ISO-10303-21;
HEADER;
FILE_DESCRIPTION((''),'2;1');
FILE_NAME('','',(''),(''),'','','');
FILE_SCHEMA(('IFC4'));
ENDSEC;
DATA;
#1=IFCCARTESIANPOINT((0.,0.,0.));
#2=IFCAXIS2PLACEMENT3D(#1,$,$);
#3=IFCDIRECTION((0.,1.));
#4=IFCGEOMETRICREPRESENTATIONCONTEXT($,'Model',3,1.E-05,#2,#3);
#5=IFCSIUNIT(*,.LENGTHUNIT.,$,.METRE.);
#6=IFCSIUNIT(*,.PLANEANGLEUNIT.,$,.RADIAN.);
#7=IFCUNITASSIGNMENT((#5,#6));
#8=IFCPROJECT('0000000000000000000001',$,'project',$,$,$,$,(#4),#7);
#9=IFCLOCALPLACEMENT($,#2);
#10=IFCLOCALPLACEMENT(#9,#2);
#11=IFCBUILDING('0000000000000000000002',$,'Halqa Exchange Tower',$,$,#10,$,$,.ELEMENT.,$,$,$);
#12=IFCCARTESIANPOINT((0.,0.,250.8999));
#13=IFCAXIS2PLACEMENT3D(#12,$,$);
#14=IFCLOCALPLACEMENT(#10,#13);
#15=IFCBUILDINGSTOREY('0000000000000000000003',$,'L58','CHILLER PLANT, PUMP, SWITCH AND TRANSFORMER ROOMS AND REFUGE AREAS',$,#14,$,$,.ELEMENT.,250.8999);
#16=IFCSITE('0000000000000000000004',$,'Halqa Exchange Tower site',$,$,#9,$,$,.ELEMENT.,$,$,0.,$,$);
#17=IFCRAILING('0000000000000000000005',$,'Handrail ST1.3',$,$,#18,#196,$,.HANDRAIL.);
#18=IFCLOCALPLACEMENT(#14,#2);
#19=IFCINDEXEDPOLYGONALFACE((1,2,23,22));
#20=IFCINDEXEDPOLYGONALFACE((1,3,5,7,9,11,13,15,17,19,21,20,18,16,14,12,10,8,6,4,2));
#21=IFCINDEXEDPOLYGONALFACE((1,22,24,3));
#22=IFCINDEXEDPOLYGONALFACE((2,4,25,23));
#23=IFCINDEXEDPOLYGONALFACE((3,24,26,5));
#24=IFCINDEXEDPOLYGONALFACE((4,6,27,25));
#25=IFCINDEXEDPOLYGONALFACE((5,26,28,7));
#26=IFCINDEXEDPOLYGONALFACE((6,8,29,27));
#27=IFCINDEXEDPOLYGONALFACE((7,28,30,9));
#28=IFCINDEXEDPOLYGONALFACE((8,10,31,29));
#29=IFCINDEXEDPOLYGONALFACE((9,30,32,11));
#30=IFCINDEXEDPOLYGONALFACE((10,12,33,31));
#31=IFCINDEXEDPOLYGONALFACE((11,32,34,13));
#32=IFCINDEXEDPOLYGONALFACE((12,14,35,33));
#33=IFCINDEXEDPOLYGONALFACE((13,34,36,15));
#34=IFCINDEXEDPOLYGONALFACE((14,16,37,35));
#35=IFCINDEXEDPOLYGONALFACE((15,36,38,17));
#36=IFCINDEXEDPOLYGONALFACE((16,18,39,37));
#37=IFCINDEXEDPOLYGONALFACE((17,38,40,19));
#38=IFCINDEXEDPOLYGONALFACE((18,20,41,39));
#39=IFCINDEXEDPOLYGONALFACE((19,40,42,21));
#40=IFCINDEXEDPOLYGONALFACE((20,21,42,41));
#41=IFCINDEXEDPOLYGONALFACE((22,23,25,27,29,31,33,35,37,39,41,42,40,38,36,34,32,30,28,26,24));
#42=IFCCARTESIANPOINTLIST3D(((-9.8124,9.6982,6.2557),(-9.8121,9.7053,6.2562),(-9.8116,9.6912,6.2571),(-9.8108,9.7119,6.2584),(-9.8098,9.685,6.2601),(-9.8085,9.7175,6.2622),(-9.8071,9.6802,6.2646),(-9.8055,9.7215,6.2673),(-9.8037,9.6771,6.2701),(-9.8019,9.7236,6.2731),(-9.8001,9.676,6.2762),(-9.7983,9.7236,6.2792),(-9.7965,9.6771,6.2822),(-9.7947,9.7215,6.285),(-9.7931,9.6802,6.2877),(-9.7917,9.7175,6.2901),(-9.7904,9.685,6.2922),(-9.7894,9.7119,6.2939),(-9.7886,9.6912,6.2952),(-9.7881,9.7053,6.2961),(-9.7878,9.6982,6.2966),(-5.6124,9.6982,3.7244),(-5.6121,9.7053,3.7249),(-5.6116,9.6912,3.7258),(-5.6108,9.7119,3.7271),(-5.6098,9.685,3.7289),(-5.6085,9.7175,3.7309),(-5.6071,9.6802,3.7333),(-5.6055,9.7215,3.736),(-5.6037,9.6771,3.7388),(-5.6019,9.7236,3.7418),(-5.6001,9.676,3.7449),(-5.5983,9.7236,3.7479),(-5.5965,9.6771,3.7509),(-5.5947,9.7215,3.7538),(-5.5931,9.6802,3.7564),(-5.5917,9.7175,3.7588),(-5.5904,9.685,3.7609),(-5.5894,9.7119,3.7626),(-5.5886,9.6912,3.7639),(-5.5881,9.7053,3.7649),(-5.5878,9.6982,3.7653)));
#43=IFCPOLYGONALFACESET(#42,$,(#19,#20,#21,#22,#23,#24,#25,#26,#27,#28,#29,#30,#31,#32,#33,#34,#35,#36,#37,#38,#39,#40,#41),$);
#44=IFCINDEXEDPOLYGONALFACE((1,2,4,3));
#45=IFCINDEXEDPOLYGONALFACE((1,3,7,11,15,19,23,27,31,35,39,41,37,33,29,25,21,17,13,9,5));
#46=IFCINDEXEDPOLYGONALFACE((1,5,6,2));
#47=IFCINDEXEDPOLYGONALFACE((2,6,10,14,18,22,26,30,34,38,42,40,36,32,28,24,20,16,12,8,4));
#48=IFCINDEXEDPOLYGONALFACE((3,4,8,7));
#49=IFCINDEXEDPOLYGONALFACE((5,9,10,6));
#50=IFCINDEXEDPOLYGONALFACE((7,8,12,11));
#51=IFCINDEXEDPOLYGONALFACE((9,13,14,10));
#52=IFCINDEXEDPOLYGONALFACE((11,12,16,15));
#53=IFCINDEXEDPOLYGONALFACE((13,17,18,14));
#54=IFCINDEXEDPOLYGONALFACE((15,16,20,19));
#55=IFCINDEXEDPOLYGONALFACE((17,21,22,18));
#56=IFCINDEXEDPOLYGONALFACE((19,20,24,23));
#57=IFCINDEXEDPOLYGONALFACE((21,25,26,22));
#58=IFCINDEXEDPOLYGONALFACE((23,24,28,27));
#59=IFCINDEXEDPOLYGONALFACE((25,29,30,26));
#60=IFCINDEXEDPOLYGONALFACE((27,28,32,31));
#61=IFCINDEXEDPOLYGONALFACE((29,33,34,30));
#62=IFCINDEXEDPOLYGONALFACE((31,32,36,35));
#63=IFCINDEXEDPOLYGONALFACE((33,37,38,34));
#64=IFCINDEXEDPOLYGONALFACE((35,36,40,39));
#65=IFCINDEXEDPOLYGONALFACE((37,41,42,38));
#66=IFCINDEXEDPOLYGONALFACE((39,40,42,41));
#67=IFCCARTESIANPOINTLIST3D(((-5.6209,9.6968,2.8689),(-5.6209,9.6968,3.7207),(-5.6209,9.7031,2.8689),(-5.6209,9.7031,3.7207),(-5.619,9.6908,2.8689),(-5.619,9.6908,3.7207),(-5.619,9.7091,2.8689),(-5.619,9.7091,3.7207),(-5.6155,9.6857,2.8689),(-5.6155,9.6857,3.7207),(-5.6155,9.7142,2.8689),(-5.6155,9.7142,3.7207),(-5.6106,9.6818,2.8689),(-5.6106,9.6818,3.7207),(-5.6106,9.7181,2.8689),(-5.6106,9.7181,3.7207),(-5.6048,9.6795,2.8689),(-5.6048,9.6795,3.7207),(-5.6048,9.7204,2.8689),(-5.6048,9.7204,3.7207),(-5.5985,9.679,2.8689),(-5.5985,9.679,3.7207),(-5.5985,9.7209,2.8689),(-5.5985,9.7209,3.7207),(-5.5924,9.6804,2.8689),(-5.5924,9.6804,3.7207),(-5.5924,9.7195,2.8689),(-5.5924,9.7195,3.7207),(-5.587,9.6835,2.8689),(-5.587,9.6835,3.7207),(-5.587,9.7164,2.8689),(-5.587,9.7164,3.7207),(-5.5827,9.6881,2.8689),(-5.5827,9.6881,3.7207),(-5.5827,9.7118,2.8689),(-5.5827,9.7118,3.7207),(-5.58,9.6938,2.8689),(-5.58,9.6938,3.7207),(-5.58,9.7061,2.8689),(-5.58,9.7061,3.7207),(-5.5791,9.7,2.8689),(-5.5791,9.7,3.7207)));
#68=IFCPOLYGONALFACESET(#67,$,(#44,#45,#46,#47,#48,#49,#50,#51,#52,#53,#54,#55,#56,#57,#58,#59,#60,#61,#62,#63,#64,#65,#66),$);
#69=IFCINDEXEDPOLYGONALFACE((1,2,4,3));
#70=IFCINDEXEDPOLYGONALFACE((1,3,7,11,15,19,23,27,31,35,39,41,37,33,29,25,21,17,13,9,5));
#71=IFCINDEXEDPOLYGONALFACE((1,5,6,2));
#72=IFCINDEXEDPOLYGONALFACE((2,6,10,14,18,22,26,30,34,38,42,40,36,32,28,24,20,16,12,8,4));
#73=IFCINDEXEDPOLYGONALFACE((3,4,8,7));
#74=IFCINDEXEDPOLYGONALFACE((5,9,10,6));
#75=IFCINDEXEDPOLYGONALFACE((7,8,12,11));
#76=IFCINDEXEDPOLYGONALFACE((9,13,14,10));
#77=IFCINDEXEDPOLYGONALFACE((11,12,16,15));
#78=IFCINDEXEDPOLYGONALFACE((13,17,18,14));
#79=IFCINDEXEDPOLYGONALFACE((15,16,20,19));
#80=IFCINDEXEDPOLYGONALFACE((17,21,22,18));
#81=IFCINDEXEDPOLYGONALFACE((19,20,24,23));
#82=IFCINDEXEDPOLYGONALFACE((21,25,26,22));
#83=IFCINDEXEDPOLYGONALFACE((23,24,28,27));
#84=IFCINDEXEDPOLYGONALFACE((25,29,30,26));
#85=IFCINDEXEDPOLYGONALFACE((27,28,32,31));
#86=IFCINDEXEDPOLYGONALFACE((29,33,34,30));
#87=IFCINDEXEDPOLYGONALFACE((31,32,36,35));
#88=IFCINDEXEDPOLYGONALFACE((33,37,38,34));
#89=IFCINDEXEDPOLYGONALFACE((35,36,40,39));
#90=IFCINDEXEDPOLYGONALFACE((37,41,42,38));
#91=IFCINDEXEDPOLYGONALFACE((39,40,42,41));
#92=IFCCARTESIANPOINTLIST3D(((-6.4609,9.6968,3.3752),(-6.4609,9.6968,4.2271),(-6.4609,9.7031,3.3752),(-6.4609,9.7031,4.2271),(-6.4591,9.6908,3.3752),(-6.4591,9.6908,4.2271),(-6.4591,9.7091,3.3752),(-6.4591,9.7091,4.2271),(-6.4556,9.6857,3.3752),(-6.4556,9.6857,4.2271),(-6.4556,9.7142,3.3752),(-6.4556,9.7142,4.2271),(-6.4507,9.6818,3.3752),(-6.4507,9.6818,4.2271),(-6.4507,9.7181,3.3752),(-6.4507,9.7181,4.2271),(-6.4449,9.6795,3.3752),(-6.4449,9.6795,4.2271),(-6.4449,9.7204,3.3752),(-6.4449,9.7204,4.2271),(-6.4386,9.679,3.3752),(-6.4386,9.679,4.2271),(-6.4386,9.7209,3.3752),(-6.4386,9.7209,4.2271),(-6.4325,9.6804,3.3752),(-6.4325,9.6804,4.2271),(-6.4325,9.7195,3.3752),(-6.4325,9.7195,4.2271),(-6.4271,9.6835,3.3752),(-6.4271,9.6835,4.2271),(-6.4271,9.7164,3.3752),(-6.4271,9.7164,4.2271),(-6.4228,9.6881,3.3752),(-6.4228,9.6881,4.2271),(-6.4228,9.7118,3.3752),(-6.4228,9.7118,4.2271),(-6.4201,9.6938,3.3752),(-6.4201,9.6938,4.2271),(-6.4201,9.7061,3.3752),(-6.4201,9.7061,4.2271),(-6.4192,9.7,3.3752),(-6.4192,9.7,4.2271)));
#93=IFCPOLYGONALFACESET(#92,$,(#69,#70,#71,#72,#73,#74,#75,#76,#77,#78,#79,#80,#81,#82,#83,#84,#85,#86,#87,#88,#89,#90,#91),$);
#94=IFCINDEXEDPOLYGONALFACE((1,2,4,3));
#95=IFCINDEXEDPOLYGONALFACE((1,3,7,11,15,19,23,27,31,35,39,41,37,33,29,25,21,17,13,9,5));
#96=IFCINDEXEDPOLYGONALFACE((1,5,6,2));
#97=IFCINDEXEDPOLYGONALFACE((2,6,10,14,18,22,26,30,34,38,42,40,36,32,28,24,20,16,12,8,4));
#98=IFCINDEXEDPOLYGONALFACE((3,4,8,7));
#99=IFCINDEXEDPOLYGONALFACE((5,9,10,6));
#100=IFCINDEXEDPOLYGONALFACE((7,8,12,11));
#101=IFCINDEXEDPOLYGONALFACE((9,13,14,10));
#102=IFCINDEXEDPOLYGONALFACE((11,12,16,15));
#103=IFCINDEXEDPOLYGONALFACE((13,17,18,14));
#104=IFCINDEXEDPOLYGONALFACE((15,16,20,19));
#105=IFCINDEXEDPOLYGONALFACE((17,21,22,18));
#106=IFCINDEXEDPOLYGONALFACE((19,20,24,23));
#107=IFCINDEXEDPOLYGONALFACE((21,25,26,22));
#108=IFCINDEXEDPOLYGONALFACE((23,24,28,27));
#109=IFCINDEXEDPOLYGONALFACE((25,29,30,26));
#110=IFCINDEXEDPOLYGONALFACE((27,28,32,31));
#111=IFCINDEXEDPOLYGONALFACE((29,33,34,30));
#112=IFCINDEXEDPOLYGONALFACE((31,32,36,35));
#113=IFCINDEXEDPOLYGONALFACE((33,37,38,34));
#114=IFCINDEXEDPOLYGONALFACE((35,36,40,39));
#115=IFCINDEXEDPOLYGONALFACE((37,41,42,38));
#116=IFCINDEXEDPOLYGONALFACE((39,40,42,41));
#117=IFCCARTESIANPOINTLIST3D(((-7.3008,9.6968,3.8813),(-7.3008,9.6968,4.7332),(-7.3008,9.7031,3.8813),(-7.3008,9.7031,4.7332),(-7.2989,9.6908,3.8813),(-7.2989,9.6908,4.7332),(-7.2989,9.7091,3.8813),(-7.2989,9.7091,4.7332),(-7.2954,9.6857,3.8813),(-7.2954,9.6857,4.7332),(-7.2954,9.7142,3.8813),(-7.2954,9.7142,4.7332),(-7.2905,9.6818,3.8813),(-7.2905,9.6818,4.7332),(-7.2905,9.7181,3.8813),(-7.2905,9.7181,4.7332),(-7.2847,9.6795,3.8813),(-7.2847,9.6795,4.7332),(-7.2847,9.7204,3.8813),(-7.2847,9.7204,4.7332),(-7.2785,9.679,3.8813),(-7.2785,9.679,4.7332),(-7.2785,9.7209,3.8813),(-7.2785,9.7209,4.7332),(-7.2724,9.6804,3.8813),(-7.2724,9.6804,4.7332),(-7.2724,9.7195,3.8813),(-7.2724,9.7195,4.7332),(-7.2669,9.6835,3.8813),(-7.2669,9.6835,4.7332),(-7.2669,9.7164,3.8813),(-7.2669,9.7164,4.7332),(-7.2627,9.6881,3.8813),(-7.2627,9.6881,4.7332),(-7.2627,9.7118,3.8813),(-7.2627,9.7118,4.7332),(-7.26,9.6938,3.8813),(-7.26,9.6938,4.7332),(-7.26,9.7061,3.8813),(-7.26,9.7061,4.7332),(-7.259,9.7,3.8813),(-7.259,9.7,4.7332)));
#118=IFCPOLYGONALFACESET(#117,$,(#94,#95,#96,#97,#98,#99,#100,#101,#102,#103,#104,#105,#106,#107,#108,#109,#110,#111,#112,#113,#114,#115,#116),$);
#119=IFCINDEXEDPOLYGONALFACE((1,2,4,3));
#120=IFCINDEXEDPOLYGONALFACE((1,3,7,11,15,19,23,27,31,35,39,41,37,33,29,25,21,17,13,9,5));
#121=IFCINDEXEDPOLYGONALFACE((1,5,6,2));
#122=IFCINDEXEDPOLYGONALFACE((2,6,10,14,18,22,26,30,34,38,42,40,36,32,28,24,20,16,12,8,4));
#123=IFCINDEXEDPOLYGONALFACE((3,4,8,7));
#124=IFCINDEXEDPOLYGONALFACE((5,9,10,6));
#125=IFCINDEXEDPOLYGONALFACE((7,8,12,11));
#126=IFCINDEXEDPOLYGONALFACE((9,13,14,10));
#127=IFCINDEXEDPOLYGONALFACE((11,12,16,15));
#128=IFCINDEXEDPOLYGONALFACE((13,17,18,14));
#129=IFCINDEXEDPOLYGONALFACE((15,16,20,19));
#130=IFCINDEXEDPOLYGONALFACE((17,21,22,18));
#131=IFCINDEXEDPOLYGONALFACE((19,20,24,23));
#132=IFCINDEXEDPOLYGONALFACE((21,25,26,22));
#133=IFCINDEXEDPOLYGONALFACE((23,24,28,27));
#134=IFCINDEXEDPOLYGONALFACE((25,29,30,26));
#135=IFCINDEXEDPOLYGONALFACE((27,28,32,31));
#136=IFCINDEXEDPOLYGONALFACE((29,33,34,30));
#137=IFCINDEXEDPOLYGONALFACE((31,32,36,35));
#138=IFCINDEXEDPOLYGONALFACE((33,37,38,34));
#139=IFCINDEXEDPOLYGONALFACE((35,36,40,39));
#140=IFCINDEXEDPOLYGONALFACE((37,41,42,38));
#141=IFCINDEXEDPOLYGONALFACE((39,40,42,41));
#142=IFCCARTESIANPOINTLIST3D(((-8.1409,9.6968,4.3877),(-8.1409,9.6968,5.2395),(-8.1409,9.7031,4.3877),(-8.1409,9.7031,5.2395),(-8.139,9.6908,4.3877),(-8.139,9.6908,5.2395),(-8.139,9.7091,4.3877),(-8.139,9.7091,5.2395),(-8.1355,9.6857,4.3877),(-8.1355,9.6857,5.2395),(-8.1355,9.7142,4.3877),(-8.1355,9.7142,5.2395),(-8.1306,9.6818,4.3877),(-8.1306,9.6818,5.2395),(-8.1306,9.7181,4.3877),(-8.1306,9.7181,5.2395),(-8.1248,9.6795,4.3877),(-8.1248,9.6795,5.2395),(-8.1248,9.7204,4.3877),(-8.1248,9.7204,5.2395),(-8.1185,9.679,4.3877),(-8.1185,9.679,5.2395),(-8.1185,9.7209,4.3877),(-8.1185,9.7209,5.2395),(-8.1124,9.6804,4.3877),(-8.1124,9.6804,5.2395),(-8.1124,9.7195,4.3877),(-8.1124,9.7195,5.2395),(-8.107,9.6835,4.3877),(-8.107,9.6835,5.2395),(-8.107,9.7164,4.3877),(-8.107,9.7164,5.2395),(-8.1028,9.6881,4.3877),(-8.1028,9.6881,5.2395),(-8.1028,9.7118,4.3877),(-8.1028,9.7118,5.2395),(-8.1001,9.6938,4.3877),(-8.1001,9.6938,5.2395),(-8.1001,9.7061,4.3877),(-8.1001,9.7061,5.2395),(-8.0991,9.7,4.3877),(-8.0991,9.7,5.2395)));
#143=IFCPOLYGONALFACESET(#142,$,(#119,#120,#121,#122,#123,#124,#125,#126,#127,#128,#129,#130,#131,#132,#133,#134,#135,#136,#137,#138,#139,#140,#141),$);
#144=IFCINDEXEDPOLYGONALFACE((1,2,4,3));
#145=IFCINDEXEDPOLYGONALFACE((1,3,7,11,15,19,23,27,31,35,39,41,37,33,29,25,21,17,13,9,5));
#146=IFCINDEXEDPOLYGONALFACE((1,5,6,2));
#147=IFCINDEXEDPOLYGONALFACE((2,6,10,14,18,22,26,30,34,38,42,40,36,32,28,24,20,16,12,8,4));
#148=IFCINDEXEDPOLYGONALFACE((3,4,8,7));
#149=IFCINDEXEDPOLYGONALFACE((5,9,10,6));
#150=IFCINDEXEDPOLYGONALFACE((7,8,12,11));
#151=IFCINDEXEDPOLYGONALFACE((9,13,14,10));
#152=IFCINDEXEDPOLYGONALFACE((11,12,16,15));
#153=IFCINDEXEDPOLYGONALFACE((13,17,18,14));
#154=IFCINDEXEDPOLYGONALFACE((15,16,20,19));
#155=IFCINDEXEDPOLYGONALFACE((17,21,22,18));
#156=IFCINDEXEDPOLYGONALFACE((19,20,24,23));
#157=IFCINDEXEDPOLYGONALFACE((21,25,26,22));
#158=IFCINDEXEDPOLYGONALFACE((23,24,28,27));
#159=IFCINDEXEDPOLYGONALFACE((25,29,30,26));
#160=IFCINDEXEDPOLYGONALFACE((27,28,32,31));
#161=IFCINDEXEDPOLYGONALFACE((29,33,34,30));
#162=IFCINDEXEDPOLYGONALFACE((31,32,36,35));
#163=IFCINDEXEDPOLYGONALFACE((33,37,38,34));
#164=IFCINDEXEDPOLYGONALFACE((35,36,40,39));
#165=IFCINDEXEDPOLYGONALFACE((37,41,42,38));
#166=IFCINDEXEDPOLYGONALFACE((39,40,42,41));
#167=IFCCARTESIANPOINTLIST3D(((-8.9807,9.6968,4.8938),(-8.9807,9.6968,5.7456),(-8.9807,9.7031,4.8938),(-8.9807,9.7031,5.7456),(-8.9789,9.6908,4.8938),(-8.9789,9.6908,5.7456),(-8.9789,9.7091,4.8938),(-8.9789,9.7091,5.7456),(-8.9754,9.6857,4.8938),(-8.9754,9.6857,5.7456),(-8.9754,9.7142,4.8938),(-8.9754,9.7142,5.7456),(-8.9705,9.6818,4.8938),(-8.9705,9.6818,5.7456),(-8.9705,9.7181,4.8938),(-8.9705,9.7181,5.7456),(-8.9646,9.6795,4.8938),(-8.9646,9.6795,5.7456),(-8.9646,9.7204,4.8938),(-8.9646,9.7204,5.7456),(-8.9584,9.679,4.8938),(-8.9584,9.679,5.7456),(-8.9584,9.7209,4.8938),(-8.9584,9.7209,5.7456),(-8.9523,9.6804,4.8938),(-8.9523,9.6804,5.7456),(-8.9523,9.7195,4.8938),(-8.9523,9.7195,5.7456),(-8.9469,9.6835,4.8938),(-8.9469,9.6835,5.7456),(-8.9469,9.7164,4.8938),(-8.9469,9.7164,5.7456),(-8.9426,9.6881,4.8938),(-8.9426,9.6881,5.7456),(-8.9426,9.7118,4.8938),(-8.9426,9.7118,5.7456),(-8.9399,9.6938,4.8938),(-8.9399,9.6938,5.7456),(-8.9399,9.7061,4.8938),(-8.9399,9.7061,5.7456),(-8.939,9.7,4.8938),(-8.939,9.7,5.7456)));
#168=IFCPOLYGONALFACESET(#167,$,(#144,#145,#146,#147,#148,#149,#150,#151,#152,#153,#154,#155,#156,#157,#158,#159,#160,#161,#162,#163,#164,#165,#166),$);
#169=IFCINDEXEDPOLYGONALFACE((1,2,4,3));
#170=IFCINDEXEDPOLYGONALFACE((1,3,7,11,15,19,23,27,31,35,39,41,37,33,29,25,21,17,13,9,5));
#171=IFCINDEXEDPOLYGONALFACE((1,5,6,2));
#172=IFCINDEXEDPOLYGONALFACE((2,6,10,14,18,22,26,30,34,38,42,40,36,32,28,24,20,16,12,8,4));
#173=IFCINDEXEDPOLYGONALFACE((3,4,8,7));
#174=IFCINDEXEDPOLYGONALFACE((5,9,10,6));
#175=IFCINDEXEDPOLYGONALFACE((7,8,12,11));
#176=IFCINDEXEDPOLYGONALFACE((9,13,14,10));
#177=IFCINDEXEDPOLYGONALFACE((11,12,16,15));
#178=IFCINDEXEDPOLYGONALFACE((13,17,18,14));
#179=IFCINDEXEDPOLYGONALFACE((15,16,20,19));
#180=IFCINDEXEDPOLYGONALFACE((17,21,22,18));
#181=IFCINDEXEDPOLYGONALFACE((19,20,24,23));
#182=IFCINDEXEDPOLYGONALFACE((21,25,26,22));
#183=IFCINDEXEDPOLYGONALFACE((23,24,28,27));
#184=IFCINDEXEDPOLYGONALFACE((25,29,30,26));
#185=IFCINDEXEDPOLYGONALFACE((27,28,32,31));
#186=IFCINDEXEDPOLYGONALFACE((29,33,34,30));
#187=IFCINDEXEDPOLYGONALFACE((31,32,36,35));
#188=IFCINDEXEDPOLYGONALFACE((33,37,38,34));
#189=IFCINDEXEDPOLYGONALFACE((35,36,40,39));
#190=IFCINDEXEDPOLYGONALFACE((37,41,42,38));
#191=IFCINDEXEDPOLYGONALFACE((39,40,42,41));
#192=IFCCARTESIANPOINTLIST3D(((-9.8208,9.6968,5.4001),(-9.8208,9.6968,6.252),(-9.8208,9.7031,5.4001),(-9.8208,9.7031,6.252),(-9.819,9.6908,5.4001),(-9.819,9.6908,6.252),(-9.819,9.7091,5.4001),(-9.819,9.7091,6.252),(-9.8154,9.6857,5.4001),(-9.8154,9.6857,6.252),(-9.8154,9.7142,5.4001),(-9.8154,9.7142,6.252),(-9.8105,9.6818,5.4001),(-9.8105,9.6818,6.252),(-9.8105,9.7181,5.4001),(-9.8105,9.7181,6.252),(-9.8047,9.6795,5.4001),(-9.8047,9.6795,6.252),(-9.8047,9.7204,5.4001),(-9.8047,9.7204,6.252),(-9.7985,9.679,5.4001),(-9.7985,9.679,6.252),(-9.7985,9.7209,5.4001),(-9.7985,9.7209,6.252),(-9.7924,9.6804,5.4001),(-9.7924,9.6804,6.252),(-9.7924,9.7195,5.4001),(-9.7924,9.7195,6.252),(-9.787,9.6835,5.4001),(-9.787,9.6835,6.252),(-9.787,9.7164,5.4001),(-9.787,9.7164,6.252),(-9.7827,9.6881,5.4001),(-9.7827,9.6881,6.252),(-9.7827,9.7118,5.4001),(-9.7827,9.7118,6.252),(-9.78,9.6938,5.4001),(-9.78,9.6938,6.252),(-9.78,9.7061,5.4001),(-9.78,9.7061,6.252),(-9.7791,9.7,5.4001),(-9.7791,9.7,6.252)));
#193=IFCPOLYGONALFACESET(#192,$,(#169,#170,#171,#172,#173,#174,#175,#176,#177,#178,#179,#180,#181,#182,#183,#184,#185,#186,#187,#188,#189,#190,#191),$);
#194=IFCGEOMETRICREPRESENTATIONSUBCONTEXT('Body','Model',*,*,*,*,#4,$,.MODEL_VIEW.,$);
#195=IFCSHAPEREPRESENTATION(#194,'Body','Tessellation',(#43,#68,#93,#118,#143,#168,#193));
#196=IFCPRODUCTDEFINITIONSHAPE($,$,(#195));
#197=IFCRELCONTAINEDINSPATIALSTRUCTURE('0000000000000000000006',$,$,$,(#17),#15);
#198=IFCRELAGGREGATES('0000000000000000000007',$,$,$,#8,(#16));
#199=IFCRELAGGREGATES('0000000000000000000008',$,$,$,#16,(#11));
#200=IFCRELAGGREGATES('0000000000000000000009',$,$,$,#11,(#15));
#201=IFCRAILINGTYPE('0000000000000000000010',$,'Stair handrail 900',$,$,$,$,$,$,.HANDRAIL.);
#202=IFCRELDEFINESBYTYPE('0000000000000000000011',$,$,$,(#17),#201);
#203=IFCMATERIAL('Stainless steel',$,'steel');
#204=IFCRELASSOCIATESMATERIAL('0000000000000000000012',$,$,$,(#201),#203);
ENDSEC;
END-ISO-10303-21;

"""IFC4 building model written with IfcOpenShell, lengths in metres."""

from ifc_helpers import new_model, si_unit, direction, frame, origin, origin_2d, place, context, subcontext, project, spatial, circle, extrude, material, type_object, element, save


model = new_model("IFC4")

# Units and contexts
model_context = context("Model", 3, precision=1e-05, world=origin(), true_north=direction((0.0, 1.0)))
body_context = subcontext(model_context, "Body", "Model", "MODEL_VIEW")
ifc_project = project(units=[si_unit("LENGTHUNIT", "METRE"), si_unit("PLANEANGLEUNIT", "RADIAN")], contexts=[model_context])

# Site, building, storey
site_placement = place(None, origin())
site = spatial("IfcSite", under=ifc_project, at=site_placement, Name="Halqa Exchange Tower site", CompositionType="ELEMENT", RefElevation=0.0)
building_placement = place(site_placement, origin())
building = spatial("IfcBuilding", under=site, at=building_placement, Name="Halqa Exchange Tower", CompositionType="ELEMENT")
storey_placement = place(building_placement, frame((0.0, 0.0, 250.8999)))
storey = spatial("IfcBuildingStorey", under=building, at=storey_placement, Name="L58", Description="CHILLER PLANT, PUMP, SWITCH AND TRANSFORMER ROOMS AND REFUGE AREAS", CompositionType="ELEMENT", Elevation=250.8999)

# Railing
ifc_material_1 = material(Name="Stainless steel", Category="steel")
railing_type = type_object("IfcRailingType", Name="Stair handrail 900", PredefinedType="HANDRAIL", material=ifc_material_1)
railing_placement = place(storey_placement, frame((-5.6001, 9.7, 2.8689)))
element("IfcRailing", 1, at=railing_placement, inside=storey, type_object=railing_type, Name="Handrail ST1.3", PredefinedType="HANDRAIL", context=body_context, shape_type="SweptSolid", body=[
    extrude(circle(Radius=0.0239, at=origin_2d()), frame((0.0, 0.0, 0.876), z_axis=(-0.856476, 0.0, 0.516186), x_axis=(0.0, -1.0, 0.0)), (0.0, 0.0, 1.0), 4.9038),
    extrude(circle(Radius=0.021, at=origin_2d()), origin(), (0.0, 0.0, 1.0), 0.8518),
    extrude(circle(Radius=0.021, at=origin_2d()), frame((-0.8401, 0.0, 0.5063)), (0.0, 0.0, 1.0), 0.8518),
    extrude(circle(Radius=0.021, at=origin_2d()), frame((-1.6799, 0.0, 1.0125)), (0.0, 0.0, 1.0), 0.8518),
    extrude(circle(Radius=0.021, at=origin_2d()), frame((-2.52, 0.0, 1.5188)), (0.0, 0.0, 1.0), 0.8518),
    extrude(circle(Radius=0.021, at=origin_2d()), frame((-3.3599, 0.0, 2.0249)), (0.0, 0.0, 1.0), 0.8518),
    extrude(circle(Radius=0.021, at=origin_2d()), frame((-4.2, 0.0, 2.5312)), (0.0, 0.0, 1.0), 0.8518),
])

save(model, "model.ifc")
